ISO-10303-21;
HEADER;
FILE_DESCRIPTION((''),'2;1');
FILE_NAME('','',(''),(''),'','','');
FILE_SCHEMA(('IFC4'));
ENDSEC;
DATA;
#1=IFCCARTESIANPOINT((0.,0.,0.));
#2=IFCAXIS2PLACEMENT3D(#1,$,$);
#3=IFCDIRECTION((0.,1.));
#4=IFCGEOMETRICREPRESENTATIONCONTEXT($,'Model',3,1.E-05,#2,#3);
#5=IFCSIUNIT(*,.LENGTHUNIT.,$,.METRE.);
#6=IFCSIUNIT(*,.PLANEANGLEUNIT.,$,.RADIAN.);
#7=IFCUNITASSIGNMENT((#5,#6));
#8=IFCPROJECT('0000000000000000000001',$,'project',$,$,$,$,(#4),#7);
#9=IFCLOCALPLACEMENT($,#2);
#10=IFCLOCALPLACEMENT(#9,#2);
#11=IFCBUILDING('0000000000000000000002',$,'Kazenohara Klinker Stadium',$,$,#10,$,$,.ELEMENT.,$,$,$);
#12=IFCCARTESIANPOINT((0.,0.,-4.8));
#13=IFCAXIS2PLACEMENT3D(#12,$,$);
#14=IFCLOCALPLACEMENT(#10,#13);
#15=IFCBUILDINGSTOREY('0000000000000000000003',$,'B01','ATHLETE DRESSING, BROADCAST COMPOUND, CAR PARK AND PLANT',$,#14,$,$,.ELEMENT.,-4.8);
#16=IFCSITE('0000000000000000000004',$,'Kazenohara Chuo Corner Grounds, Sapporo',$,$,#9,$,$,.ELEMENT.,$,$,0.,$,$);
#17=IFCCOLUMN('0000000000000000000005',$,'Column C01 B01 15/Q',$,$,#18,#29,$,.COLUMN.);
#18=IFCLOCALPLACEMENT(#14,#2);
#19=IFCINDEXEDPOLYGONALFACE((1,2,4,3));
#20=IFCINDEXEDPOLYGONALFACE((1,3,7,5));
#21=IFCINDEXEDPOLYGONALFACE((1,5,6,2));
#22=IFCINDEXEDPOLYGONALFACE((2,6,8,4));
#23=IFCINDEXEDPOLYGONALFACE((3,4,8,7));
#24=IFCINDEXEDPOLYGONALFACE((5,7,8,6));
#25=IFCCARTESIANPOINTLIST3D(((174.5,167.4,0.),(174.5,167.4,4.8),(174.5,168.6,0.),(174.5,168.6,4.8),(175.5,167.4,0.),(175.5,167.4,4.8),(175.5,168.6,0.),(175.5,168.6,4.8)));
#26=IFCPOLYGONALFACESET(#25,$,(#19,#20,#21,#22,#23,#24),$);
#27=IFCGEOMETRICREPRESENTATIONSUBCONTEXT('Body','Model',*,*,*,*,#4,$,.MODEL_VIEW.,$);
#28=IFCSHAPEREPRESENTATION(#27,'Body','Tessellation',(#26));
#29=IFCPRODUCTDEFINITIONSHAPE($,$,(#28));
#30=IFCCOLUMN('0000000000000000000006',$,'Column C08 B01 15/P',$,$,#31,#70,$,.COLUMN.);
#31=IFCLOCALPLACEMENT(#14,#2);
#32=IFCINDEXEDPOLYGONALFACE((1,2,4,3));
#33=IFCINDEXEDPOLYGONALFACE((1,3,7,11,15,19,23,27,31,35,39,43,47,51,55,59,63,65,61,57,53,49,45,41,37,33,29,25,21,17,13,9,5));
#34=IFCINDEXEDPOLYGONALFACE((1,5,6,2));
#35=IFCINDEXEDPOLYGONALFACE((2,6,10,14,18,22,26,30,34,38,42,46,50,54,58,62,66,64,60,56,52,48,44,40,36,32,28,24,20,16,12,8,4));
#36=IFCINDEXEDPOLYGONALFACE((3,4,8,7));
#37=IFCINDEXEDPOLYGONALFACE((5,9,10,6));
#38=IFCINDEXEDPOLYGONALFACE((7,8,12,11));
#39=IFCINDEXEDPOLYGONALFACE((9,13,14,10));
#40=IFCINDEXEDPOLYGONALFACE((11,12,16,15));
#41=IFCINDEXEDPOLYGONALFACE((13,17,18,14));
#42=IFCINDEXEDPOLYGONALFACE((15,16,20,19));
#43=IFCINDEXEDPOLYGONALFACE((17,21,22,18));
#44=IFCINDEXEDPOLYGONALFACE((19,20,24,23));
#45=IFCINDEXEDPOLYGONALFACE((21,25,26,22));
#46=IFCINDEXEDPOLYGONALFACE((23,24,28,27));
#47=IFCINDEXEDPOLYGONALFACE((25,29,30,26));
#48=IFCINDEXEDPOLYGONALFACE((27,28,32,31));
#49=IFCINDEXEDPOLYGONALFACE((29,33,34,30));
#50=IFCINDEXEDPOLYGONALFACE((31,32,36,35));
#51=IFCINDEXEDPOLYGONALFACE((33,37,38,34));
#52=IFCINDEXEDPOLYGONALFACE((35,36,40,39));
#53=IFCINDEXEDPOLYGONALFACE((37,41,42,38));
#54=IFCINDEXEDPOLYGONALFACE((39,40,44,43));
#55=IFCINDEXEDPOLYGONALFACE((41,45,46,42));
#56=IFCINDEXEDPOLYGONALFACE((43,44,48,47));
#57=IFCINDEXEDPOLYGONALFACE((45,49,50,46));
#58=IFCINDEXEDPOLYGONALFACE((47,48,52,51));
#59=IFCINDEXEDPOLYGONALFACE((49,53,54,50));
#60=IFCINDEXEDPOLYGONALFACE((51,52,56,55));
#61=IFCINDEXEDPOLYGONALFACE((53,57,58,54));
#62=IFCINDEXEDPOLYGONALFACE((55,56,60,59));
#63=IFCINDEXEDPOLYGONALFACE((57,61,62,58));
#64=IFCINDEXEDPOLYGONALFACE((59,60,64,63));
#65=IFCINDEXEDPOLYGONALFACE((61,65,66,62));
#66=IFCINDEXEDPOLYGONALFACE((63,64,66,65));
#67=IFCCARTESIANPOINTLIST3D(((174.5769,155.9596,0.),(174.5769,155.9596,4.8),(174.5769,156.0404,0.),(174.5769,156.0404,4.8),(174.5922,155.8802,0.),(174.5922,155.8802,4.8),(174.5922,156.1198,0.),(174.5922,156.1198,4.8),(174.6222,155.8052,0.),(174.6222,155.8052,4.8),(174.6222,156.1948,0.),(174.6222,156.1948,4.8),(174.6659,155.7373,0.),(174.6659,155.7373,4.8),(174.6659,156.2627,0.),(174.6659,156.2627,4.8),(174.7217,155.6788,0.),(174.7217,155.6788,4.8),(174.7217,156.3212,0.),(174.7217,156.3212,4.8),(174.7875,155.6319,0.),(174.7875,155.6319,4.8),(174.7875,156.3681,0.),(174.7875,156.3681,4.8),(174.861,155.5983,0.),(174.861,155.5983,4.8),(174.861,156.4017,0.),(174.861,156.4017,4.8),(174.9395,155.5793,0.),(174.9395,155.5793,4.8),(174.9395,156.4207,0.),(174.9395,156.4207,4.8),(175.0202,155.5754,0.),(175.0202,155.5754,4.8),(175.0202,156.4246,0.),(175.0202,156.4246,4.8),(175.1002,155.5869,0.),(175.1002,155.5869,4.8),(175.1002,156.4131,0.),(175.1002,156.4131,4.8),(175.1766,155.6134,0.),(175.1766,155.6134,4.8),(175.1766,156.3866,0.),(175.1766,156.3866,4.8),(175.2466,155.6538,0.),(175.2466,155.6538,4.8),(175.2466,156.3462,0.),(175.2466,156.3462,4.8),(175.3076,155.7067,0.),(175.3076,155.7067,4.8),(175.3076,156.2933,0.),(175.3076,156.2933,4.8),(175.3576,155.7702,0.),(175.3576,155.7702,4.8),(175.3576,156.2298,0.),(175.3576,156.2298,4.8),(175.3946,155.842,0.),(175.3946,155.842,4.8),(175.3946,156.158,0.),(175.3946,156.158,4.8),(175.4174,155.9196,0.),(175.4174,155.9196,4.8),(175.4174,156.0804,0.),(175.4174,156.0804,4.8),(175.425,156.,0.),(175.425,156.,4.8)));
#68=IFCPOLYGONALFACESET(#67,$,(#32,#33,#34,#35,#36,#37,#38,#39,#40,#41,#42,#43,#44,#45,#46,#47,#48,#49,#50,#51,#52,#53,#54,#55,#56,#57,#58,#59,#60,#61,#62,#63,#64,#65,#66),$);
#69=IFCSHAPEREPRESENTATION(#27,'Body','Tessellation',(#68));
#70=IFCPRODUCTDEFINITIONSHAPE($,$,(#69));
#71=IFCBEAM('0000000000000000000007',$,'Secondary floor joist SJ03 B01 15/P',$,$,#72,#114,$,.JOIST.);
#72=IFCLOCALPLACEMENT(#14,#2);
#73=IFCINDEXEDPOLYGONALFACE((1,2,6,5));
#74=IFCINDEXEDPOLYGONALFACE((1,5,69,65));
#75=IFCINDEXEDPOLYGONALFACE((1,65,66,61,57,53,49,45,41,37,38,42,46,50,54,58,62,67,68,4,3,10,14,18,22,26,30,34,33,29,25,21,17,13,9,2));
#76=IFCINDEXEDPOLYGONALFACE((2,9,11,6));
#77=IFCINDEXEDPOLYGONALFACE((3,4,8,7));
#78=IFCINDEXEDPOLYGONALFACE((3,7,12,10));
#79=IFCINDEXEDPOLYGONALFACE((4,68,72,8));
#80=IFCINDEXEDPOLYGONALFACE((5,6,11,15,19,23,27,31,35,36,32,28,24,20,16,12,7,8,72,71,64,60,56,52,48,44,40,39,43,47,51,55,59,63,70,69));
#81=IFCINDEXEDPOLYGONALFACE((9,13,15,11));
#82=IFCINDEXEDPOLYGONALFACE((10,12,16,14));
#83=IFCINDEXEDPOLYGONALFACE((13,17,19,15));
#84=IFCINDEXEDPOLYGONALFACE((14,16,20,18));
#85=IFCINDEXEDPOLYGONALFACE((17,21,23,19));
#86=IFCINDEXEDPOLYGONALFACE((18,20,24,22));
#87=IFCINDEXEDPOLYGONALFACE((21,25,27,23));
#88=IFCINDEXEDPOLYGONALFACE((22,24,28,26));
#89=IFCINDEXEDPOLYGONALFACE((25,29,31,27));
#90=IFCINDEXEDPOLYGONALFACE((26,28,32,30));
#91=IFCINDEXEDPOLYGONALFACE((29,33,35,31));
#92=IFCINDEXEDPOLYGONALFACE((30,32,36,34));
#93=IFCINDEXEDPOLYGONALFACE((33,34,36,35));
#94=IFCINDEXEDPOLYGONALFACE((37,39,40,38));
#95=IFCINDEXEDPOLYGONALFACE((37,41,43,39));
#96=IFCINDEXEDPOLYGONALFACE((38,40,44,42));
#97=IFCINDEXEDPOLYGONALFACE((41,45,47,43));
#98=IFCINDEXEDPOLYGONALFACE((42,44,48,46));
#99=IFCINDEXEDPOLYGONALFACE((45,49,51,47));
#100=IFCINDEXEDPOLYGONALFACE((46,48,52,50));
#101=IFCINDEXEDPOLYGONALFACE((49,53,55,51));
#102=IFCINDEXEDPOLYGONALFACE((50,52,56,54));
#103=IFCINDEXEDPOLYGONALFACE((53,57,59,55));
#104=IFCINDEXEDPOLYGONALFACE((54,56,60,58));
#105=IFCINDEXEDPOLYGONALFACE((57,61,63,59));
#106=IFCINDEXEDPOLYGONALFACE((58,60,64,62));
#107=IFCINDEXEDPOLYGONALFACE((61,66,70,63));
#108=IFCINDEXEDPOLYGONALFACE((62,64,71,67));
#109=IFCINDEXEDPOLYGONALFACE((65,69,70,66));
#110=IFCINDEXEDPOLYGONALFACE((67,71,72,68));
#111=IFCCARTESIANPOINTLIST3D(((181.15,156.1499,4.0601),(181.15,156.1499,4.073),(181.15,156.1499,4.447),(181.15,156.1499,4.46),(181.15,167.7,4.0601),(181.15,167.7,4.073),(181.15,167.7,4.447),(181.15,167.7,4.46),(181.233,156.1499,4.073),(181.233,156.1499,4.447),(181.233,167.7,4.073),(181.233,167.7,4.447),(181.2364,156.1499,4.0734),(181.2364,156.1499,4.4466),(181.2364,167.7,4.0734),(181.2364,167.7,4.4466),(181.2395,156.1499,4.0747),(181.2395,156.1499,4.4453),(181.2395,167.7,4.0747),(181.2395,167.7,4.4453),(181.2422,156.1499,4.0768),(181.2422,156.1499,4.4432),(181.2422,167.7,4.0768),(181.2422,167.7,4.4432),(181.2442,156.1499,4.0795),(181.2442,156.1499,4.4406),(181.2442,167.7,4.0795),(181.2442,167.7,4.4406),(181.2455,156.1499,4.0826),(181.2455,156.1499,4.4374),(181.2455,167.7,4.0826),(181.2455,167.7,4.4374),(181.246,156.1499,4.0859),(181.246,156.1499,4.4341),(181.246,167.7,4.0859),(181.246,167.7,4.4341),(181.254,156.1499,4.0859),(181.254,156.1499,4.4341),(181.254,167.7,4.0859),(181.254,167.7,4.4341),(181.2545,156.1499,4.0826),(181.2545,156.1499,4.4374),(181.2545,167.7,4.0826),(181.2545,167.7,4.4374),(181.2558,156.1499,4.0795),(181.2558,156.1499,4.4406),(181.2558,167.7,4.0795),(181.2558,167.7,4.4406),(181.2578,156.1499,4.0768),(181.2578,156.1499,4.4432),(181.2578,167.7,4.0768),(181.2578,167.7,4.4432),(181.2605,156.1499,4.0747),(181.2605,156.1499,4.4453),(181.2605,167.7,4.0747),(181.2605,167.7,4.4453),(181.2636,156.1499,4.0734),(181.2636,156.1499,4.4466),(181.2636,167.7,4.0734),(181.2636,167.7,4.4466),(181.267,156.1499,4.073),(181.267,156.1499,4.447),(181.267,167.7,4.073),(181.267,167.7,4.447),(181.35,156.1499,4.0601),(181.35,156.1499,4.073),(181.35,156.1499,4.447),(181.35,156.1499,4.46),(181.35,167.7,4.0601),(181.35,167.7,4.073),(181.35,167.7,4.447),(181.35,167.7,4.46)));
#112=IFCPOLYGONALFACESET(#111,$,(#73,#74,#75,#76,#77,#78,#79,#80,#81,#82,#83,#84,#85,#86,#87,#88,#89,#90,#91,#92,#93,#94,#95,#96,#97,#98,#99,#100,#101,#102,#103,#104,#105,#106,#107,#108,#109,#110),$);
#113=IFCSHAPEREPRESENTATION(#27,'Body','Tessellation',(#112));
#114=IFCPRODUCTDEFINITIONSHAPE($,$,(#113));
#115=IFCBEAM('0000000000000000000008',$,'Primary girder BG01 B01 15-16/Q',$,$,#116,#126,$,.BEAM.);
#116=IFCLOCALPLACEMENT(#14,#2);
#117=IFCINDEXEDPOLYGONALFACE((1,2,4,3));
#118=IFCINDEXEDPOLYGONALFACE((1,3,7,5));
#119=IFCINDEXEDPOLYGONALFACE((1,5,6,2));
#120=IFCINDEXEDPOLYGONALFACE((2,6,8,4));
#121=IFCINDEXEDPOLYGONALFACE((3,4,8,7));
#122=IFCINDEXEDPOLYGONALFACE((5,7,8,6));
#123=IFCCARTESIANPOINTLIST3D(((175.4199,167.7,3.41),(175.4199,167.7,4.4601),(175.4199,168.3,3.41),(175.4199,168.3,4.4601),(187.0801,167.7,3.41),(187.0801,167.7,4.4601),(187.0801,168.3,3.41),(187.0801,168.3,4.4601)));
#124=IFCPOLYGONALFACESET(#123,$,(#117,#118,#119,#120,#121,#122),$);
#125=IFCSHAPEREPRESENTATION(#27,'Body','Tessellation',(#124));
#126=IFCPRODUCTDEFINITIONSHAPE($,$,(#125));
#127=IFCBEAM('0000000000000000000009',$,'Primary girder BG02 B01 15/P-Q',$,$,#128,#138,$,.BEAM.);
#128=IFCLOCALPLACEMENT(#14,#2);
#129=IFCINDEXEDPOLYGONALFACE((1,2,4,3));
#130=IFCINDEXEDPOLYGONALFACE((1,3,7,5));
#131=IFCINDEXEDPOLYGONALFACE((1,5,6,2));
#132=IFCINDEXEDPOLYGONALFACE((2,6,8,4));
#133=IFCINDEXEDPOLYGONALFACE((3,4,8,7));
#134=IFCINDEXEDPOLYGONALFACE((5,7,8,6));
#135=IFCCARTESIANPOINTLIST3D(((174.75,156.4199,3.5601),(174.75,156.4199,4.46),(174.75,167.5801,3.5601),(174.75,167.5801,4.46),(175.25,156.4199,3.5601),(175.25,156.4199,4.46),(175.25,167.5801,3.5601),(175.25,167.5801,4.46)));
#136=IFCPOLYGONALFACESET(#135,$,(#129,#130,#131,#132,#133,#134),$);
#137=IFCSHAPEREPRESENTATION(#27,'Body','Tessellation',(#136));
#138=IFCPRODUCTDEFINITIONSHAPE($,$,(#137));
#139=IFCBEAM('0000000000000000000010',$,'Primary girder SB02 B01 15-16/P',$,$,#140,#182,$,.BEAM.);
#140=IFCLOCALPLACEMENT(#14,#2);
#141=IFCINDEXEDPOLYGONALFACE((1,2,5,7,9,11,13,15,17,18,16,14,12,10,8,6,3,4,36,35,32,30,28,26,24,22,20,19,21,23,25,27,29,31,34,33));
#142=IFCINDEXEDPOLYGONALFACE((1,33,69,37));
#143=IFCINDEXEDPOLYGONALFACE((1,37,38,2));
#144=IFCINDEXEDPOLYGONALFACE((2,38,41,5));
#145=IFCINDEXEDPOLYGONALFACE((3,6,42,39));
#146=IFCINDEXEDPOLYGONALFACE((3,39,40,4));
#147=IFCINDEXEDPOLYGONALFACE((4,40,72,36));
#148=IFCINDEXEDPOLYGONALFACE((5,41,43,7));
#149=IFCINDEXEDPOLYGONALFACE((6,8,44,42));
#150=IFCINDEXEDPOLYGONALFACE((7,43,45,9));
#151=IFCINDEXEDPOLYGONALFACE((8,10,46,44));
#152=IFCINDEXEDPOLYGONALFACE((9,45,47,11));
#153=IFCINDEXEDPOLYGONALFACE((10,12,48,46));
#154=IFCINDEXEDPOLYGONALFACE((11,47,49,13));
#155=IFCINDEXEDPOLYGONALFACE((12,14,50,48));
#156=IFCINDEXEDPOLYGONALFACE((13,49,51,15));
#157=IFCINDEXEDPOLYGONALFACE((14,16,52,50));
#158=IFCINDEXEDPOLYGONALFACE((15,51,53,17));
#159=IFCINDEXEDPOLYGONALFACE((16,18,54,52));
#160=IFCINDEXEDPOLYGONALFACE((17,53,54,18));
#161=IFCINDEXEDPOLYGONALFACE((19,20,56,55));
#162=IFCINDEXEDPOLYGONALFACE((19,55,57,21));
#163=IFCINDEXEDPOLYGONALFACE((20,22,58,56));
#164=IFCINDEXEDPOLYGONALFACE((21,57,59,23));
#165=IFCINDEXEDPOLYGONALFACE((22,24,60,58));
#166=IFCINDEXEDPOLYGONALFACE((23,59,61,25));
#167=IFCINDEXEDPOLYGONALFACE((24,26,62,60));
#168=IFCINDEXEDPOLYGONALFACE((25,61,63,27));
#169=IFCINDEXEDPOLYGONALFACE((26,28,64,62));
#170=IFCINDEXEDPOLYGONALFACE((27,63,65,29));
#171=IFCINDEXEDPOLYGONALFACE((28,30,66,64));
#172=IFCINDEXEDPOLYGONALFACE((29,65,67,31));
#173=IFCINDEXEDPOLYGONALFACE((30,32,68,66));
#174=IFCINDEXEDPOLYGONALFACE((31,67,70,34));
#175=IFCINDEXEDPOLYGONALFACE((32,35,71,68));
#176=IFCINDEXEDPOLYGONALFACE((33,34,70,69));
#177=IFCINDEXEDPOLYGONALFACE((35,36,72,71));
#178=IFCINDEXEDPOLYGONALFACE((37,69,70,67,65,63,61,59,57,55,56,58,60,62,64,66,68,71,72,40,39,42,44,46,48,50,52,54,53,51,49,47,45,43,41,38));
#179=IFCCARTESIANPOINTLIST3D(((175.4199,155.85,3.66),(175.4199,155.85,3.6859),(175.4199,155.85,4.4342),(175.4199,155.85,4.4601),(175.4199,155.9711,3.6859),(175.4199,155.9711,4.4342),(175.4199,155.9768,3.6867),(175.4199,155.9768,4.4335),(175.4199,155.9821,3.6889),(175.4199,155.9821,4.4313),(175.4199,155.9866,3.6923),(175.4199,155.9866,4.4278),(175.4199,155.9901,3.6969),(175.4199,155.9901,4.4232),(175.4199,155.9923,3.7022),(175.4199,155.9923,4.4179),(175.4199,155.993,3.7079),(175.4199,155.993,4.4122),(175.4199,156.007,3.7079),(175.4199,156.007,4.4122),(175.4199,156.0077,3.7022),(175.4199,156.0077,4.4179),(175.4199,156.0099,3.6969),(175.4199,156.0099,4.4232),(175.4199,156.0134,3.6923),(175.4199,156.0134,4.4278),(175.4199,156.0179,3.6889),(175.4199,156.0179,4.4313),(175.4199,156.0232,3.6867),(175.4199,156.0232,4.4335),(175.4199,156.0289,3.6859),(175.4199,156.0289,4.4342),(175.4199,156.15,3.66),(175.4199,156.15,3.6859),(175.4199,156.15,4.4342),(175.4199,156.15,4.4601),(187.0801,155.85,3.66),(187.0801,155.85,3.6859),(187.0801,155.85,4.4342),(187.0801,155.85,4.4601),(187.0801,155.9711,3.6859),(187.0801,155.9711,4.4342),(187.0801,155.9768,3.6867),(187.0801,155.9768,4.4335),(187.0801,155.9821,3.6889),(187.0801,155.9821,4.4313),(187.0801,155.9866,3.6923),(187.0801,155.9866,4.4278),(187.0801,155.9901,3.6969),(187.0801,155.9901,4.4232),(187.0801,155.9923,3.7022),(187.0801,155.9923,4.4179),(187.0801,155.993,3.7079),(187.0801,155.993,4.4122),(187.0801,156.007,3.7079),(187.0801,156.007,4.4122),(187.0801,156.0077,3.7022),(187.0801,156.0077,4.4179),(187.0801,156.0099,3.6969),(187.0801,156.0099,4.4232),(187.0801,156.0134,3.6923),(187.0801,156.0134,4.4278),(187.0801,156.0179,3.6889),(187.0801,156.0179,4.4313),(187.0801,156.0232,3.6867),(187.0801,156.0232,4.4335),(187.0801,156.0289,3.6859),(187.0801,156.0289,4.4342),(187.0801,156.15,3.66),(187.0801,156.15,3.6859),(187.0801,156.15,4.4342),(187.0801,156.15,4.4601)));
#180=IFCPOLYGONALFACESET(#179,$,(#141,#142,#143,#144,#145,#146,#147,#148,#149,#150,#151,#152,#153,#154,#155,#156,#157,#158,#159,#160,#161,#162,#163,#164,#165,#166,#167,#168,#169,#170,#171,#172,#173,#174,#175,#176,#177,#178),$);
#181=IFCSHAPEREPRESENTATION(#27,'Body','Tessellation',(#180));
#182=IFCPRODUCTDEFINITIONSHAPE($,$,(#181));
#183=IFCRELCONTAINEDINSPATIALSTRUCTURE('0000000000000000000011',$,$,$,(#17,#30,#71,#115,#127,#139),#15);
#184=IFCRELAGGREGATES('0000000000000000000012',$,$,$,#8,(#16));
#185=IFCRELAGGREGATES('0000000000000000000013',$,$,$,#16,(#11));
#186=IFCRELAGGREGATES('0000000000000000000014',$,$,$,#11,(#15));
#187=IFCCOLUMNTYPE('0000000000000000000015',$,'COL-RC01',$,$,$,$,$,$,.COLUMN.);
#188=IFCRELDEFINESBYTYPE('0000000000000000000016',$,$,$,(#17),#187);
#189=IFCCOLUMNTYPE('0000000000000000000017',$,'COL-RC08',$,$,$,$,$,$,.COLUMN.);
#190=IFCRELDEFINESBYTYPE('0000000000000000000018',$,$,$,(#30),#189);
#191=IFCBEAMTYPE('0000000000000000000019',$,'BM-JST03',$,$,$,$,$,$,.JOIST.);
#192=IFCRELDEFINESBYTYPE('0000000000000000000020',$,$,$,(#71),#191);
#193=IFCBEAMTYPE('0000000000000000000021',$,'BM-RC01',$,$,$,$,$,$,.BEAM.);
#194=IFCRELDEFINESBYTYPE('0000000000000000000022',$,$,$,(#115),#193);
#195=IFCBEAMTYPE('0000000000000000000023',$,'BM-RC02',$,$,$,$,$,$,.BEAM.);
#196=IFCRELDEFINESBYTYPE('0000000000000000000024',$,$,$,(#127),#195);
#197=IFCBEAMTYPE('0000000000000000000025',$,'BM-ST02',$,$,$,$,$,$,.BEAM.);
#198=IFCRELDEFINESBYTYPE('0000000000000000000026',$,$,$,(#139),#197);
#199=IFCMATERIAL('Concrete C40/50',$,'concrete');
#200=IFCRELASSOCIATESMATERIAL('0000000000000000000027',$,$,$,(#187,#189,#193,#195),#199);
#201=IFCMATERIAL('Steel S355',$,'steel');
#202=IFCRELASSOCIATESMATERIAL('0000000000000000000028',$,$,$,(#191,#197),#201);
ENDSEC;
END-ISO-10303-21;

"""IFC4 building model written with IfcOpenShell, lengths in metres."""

from ifc_helpers import new_model, si_unit, direction, frame, origin, origin_2d, place, context, subcontext, project, spatial, rectangle, circle, i_section, extrude, material, material_profile, profile_set, type_object, element, save


model = new_model("IFC4")

# Units and contexts
model_context = context("Model", 3, precision=1e-05, world=origin(), true_north=direction((0.0, 1.0)))
body_context = subcontext(model_context, "Body", "Model", "MODEL_VIEW")
ifc_project = project(units=[si_unit("LENGTHUNIT", "METRE"), si_unit("PLANEANGLEUNIT", "RADIAN")], contexts=[model_context])

# Site, building, storey
site_placement = place(None, origin())
site = spatial("IfcSite", under=ifc_project, at=site_placement, Name="Kazenohara Chuo Corner Grounds, Sapporo", CompositionType="ELEMENT", RefElevation=0.0)
building_placement = place(site_placement, origin())
building = spatial("IfcBuilding", under=site, at=building_placement, Name="Kazenohara Klinker Stadium", CompositionType="ELEMENT")
storey_placement = place(building_placement, frame((0.0, 0.0, -4.8)))
storey = spatial("IfcBuildingStorey", under=building, at=storey_placement, Name="B01", Description="ATHLETE DRESSING, BROADCAST COMPOUND, CAR PARK AND PLANT", CompositionType="ELEMENT", Elevation=-4.8)

# Columns
ifc_material_1 = material(Name="Concrete C40/50", Category="concrete")
ifc_material_profile_1 = material_profile(ifc_material_1, rectangle(XDim=1.0, YDim=1.2, at=origin_2d()), Name="RC-COL-1200x1000")
ifc_profile_set_1 = profile_set([ifc_material_profile_1], Name="Concrete C40/50")
column_type_1 = type_object("IfcColumnType", Name="COL-RC01", PredefinedType="COLUMN", material=ifc_profile_set_1)
column_1_placement = place(storey_placement, frame((175.0, 168.0, 0.0), z_axis=(0.0, 0.0, 1.0), x_axis=(1.0, 0.0, 0.0)))
element("IfcColumn", 1, at=column_1_placement, inside=storey, type_object=column_type_1, Name="Column C01 B01 15/Q", PredefinedType="COLUMN", context=body_context, shape_type="SweptSolid", body=[
    extrude(rectangle(XDim=1.0, YDim=1.2, at=origin_2d()), origin(), (0.0, 0.0, 1.0), 4.8),
])
ifc_material_profile_2 = material_profile(ifc_material_1, circle(Radius=0.425, at=origin_2d()), Name="RC-COL-D850")
ifc_profile_set_2 = profile_set([ifc_material_profile_2], Name="Concrete C40/50")
column_type_2 = type_object("IfcColumnType", Name="COL-RC08", PredefinedType="COLUMN", material=ifc_profile_set_2)
column_2_placement = place(storey_placement, frame((175.0, 156.0, 0.0), z_axis=(0.0, 0.0, 1.0), x_axis=(1.0, 0.0, 0.0)))
element("IfcColumn", 2, at=column_2_placement, inside=storey, type_object=column_type_2, Name="Column C08 B01 15/P", PredefinedType="COLUMN", context=body_context, shape_type="SweptSolid", body=[
    extrude(circle(Radius=0.425, at=origin_2d()), origin(), (0.0, 0.0, 1.0), 4.8),
])

# Beams
ifc_material_2 = material(Name="Steel S355", Category="steel")
ifc_material_profile_3 = material_profile(ifc_material_2, i_section(OverallWidth=0.2, OverallDepth=0.3999, WebThickness=0.0081, FlangeThickness=0.0129, FilletRadius=0.0129, at=origin_2d()), Name="H-400x200x8x13")
ifc_profile_set_3 = profile_set([ifc_material_profile_3], Name="Steel S355")
beam_type_1 = type_object("IfcBeamType", Name="BM-JST03", PredefinedType="JOIST", material=ifc_profile_set_3)
beam_1_placement = place(storey_placement, frame((181.25, 156.1499, 4.26), z_axis=(0.0, 1.0, 0.0), x_axis=(-1.0, 0.0, 0.0)))
element("IfcBeam", 3, at=beam_1_placement, inside=storey, type_object=beam_type_1, Name="Secondary floor joist SJ03 B01 15/P", PredefinedType="JOIST", context=body_context, shape_type="SweptSolid", body=[
    extrude(i_section(OverallWidth=0.2, OverallDepth=0.3999, WebThickness=0.0081, FlangeThickness=0.0129, FilletRadius=0.0129, at=origin_2d()), origin(), (0.0, 0.0, 1.0), 11.55),
])
ifc_material_profile_4 = material_profile(ifc_material_1, rectangle(XDim=0.6001, YDim=1.05, at=origin_2d()), Name="RC-BM-600x1050")
ifc_profile_set_4 = profile_set([ifc_material_profile_4], Name="Concrete C40/50")
beam_type_2 = type_object("IfcBeamType", Name="BM-RC01", PredefinedType="BEAM", material=ifc_profile_set_4)
beam_2_placement = place(storey_placement, frame((175.4199, 168.0, 3.9351), z_axis=(1.0, 0.0, 0.0), x_axis=(0.0, 1.0, 0.0)))
element("IfcBeam", 4, at=beam_2_placement, inside=storey, type_object=beam_type_2, Name="Primary girder BG01 B01 15-16/Q", PredefinedType="BEAM", context=body_context, shape_type="SweptSolid", body=[
    extrude(rectangle(XDim=0.6001, YDim=1.05, at=origin_2d()), origin(), (0.0, 0.0, 1.0), 11.6602),
])
ifc_material_profile_5 = material_profile(ifc_material_1, rectangle(XDim=0.5, YDim=0.8999, at=origin_2d()), Name="RC-BM-500x900")
ifc_profile_set_5 = profile_set([ifc_material_profile_5], Name="Concrete C40/50")
beam_type_3 = type_object("IfcBeamType", Name="BM-RC02", PredefinedType="BEAM", material=ifc_profile_set_5)
beam_3_placement = place(storey_placement, frame((175.0, 156.4199, 4.01), z_axis=(0.0, 1.0, 0.0), x_axis=(-1.0, 0.0, 0.0)))
element("IfcBeam", 5, at=beam_3_placement, inside=storey, type_object=beam_type_3, Name="Primary girder BG02 B01 15/P-Q", PredefinedType="BEAM", context=body_context, shape_type="SweptSolid", body=[
    extrude(rectangle(XDim=0.5, YDim=0.8999, at=origin_2d()), origin(), (0.0, 0.0, 1.0), 11.1602),
])
ifc_material_profile_6 = material_profile(ifc_material_2, i_section(OverallWidth=0.3, OverallDepth=0.8, WebThickness=0.0139, FlangeThickness=0.0259, FilletRadius=0.022, at=origin_2d()), Name="H-800x300x14x26")
ifc_profile_set_6 = profile_set([ifc_material_profile_6], Name="Steel S355")
beam_type_4 = type_object("IfcBeamType", Name="BM-ST02", PredefinedType="BEAM", material=ifc_profile_set_6)
beam_4_placement = place(storey_placement, frame((175.4199, 156.0, 4.0601), z_axis=(1.0, 0.0, 0.0), x_axis=(0.0, 1.0, 0.0)))
element("IfcBeam", 6, at=beam_4_placement, inside=storey, type_object=beam_type_4, Name="Primary girder SB02 B01 15-16/P", PredefinedType="BEAM", context=body_context, shape_type="SweptSolid", body=[
    extrude(i_section(OverallWidth=0.3, OverallDepth=0.8, WebThickness=0.0139, FlangeThickness=0.0259, FilletRadius=0.022, at=origin_2d()), origin(), (0.0, 0.0, 1.0), 11.6602),
])

save(model, "model.ifc")
